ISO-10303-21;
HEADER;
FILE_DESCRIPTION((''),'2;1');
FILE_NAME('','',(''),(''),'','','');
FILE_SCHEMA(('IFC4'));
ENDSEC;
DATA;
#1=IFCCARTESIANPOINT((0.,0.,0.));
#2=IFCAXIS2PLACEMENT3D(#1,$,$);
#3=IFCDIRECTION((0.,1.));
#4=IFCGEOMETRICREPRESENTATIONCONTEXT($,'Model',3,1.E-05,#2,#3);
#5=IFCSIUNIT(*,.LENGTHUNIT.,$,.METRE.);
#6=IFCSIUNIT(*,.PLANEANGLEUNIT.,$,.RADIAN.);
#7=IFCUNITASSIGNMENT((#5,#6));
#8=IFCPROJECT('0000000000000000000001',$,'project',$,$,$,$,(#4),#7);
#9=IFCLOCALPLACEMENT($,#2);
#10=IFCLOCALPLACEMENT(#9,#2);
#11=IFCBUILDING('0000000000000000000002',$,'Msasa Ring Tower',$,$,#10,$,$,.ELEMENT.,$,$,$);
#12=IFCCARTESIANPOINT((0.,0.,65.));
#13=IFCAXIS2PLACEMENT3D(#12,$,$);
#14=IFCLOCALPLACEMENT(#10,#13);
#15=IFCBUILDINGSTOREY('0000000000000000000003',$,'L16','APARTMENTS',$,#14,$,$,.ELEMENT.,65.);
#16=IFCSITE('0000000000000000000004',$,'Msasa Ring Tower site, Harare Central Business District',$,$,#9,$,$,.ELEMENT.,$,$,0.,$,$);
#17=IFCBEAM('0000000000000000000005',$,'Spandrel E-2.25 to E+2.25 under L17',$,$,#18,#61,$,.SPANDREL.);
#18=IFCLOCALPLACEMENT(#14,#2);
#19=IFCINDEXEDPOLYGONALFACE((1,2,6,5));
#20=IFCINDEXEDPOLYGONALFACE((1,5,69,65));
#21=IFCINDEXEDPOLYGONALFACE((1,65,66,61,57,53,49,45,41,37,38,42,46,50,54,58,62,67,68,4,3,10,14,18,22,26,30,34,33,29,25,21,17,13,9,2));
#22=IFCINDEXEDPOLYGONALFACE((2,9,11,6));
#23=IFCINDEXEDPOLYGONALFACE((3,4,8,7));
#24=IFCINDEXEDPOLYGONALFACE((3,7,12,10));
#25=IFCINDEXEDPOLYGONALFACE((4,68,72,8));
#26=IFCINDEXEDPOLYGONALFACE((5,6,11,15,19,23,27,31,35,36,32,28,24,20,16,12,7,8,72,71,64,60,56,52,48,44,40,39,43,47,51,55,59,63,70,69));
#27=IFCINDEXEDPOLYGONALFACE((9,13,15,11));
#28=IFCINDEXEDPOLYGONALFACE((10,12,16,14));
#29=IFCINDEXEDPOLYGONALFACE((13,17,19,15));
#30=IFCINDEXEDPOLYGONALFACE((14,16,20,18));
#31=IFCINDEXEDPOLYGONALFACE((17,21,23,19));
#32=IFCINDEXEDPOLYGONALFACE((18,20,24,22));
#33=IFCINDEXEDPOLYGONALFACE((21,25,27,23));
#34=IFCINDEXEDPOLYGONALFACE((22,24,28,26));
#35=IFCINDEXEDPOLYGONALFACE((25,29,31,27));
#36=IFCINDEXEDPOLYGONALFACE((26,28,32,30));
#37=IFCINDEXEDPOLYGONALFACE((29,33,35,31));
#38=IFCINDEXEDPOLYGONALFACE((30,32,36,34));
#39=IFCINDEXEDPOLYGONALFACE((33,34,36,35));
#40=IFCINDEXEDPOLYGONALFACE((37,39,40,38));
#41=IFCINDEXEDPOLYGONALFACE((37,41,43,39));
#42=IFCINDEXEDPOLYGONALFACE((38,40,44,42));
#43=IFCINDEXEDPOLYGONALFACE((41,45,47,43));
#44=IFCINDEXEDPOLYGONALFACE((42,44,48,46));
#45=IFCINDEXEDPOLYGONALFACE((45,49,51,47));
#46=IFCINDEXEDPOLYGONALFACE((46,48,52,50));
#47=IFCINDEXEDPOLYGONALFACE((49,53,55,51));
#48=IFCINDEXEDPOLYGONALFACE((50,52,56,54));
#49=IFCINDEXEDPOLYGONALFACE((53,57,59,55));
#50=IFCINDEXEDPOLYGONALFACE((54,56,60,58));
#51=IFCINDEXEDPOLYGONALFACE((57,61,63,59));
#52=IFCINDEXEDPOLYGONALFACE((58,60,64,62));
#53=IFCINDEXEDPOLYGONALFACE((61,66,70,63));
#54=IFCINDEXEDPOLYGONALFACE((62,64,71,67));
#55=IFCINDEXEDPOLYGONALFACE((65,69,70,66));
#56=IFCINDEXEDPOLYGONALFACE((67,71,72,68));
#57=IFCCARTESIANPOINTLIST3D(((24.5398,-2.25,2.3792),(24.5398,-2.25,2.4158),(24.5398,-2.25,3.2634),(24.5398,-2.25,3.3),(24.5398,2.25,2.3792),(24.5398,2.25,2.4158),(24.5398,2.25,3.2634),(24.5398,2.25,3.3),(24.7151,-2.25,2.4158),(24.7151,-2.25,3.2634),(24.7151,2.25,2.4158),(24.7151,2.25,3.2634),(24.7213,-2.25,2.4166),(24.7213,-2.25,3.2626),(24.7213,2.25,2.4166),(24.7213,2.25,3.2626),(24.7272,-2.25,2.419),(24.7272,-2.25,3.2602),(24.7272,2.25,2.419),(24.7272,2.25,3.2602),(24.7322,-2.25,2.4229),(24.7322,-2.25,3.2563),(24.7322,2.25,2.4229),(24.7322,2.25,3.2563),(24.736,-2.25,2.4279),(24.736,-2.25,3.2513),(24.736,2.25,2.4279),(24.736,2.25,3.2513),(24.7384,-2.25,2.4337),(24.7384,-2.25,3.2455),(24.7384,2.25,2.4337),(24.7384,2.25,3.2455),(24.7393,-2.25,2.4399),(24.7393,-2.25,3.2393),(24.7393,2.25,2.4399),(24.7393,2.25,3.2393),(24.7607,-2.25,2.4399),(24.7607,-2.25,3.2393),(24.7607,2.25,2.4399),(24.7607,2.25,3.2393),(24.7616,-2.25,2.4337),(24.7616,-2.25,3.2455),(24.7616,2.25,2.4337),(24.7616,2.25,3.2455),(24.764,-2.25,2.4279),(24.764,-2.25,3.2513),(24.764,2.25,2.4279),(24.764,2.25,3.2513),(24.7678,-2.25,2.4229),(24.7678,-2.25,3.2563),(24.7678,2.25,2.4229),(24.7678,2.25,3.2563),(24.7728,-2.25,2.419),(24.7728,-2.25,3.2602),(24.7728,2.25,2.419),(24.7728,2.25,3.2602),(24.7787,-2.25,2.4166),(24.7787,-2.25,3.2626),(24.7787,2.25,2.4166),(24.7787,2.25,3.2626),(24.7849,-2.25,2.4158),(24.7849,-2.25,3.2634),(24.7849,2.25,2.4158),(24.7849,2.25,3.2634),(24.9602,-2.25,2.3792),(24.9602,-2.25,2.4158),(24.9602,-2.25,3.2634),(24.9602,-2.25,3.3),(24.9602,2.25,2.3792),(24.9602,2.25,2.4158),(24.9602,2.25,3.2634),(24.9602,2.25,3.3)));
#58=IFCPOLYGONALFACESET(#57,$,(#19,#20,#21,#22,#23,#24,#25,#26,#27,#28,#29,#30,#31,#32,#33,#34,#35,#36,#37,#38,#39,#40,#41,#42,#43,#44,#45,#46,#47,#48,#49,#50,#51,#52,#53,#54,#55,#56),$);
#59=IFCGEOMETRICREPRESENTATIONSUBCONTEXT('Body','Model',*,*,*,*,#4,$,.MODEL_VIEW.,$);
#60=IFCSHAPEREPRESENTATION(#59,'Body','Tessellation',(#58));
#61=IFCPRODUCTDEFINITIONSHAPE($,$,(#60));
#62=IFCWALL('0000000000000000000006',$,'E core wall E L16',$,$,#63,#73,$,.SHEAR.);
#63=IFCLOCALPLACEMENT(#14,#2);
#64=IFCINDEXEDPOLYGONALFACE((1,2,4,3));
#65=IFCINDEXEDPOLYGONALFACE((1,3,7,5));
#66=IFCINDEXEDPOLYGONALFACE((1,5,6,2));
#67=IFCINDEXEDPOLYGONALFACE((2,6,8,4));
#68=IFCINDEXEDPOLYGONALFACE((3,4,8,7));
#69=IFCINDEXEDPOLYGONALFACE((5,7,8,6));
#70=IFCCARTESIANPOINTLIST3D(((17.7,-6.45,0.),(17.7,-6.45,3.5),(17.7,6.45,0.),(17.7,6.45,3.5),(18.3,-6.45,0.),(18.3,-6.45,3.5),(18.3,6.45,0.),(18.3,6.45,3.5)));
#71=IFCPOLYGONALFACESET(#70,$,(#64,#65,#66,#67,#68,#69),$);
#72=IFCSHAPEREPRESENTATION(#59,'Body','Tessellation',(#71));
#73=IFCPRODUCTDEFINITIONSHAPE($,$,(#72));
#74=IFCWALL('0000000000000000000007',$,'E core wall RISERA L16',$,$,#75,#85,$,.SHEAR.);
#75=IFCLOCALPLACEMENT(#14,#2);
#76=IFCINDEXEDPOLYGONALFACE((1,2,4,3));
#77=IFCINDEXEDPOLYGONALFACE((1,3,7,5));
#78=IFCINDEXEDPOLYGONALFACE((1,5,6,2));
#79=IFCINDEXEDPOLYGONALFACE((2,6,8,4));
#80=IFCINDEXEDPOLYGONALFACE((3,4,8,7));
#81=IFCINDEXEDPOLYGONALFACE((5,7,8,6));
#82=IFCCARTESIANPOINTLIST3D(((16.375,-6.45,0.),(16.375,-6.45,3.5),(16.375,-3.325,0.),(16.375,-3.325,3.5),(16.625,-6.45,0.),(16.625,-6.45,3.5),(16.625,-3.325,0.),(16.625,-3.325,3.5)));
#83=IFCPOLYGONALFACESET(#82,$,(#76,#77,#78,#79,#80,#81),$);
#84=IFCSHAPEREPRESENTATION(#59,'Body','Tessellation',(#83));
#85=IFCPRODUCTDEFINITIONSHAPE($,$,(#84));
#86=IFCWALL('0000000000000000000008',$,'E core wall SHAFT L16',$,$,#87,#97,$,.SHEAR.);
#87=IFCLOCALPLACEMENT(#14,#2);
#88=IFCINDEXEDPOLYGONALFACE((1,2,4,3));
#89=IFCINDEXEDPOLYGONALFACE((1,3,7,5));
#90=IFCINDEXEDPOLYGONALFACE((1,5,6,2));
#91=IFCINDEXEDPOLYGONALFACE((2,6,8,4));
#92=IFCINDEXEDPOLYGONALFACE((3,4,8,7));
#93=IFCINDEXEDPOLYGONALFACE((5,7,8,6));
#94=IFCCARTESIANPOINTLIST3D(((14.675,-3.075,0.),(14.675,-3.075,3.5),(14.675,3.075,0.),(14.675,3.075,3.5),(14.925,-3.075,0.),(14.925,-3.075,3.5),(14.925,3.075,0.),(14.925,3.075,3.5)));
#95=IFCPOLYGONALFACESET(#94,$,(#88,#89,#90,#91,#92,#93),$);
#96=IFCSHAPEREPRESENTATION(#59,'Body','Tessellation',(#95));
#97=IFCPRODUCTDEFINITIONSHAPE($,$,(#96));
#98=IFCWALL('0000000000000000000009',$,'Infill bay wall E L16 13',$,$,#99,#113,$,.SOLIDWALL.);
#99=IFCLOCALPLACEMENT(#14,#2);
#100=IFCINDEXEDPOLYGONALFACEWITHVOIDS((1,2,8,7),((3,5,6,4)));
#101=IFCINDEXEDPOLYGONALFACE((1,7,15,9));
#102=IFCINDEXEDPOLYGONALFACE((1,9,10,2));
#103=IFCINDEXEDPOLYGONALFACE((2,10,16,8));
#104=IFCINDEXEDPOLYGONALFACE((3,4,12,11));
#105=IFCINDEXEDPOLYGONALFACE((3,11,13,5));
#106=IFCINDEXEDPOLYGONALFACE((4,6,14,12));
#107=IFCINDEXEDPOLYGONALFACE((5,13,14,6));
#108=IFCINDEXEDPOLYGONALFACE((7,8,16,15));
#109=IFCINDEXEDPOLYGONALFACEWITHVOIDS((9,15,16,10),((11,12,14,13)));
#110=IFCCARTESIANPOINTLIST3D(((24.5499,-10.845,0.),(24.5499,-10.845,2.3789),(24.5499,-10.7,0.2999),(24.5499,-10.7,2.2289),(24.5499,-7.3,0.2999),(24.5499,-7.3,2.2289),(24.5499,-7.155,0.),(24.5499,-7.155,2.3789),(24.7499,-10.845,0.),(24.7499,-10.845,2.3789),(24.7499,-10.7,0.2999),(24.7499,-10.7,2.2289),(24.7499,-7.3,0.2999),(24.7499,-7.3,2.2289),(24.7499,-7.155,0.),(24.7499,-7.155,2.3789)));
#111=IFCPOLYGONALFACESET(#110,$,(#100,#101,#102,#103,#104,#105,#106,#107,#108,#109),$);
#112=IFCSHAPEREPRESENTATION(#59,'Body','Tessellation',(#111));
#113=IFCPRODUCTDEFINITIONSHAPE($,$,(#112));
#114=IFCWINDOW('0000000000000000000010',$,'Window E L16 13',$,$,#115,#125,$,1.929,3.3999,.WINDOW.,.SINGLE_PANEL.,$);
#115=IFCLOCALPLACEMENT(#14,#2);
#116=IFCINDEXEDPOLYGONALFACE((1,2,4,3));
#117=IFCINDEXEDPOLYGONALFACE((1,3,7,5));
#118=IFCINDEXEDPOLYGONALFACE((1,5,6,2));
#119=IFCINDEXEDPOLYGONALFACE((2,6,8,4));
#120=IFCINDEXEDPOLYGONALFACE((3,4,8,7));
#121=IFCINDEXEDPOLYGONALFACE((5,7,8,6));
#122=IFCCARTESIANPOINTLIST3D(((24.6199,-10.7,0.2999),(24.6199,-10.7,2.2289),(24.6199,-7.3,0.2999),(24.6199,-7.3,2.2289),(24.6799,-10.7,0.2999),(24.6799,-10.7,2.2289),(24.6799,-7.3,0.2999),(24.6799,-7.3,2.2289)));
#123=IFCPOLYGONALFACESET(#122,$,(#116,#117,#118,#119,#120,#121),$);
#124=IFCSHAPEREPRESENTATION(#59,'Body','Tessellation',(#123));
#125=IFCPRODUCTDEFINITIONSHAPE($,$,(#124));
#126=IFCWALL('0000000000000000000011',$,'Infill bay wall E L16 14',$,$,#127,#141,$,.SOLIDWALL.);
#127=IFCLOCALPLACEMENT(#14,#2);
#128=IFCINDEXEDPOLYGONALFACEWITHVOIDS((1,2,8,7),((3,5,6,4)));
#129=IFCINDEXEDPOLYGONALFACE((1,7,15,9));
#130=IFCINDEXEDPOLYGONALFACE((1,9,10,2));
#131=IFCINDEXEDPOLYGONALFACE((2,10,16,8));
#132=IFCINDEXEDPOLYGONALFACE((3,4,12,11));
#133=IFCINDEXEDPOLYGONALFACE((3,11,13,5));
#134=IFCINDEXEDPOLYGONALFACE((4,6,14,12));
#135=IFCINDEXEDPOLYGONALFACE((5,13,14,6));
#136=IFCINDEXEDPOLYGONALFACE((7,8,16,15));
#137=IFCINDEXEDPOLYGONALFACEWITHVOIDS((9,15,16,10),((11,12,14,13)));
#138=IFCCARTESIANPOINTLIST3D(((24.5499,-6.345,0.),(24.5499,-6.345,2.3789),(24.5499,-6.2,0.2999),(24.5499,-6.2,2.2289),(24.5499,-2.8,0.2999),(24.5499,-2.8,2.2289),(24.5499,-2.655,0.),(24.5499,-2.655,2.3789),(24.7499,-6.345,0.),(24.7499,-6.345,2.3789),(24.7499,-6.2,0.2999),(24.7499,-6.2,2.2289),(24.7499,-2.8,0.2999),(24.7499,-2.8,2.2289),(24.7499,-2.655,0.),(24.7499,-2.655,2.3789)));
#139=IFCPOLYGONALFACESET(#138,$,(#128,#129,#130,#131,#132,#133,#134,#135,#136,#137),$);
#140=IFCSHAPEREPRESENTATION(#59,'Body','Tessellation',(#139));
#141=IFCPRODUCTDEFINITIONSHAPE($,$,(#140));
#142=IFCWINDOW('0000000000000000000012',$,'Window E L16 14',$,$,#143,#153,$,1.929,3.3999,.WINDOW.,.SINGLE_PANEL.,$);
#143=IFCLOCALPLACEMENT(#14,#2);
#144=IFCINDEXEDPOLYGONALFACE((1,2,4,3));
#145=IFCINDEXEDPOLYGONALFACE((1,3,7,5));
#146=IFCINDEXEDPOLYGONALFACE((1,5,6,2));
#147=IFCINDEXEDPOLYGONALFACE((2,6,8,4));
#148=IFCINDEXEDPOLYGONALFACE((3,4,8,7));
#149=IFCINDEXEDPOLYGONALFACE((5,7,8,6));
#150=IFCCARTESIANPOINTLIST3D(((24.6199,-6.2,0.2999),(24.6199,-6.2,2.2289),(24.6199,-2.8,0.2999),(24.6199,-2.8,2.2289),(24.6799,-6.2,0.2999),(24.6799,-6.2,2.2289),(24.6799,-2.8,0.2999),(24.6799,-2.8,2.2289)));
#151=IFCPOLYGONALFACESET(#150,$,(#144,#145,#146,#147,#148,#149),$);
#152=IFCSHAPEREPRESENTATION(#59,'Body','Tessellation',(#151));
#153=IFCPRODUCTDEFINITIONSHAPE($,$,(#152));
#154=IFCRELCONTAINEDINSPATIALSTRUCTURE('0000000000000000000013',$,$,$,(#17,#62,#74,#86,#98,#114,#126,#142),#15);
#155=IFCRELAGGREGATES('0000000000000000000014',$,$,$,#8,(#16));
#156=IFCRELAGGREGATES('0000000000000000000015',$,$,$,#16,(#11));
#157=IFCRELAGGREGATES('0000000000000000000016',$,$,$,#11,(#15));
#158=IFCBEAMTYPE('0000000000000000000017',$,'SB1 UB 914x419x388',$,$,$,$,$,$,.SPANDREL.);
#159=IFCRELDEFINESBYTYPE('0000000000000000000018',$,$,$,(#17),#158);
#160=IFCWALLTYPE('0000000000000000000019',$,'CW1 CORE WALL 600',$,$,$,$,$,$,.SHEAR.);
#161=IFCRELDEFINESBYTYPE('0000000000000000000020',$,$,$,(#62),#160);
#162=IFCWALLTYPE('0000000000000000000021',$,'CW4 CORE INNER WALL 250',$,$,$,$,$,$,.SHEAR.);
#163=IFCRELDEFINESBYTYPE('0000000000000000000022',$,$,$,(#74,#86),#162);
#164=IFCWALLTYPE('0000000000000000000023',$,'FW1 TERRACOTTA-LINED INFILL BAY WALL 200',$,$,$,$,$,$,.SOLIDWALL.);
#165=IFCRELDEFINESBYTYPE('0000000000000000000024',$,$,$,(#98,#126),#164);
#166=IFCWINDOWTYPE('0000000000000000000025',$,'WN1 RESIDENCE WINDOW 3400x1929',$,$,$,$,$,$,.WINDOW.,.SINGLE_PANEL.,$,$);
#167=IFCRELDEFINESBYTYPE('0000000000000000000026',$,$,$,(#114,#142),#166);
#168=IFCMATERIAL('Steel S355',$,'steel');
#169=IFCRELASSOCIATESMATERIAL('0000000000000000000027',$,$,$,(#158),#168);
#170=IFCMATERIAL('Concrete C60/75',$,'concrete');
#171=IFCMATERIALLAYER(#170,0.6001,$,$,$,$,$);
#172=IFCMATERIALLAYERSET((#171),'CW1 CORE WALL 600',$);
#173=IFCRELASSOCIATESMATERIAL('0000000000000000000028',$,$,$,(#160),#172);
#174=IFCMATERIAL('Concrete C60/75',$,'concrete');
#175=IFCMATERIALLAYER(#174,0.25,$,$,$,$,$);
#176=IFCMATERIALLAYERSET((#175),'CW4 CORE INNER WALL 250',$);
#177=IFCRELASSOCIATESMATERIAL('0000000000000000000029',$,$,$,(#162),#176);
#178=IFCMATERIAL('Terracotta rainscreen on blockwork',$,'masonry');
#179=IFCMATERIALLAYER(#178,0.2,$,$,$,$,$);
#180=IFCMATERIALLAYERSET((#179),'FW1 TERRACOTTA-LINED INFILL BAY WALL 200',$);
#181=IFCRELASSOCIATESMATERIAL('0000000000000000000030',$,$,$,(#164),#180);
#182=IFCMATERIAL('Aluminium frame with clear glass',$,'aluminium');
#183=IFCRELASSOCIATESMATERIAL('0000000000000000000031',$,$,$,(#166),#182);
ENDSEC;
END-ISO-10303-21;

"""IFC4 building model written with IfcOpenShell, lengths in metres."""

from ifc_helpers import new_model, si_unit, direction, frame, frame_2d, origin, origin_2d, place, context, subcontext, project, spatial, rectangle, i_section, extrude, material, layer, layer_set, material_profile, profile_set, type_object, element, fill, save


model = new_model("IFC4")

# Units and contexts
model_context = context("Model", 3, precision=1e-05, world=origin(), true_north=direction((0.0, 1.0)))
body_context = subcontext(model_context, "Body", "Model", "MODEL_VIEW")
ifc_project = project(units=[si_unit("LENGTHUNIT", "METRE"), si_unit("PLANEANGLEUNIT", "RADIAN")], contexts=[model_context])

# Site, building, storey
site_placement = place(None, origin())
site = spatial("IfcSite", under=ifc_project, at=site_placement, Name="Msasa Ring Tower site, Harare Central Business District", CompositionType="ELEMENT", RefElevation=0.0)
building_placement = place(site_placement, origin())
building = spatial("IfcBuilding", under=site, at=building_placement, Name="Msasa Ring Tower", CompositionType="ELEMENT")
storey_placement = place(building_placement, frame((0.0, 0.0, 65.0)))
storey = spatial("IfcBuildingStorey", under=building, at=storey_placement, Name="L16", Description="APARTMENTS", CompositionType="ELEMENT", Elevation=65.0)

# Beam
ifc_material_1 = material(Name="Steel S355", Category="steel")
ifc_material_profile_1 = material_profile(ifc_material_1, i_section(OverallWidth=0.4204, OverallDepth=0.9209, WebThickness=0.0215, FlangeThickness=0.0366, FilletRadius=0.0242, at=origin_2d()), Name="UB 914x419x388")
ifc_profile_set_1 = profile_set([ifc_material_profile_1], Name="Steel S355")
beam_type_1 = type_object("IfcBeamType", Name="SB1 UB 914x419x388", PredefinedType="SPANDREL", material=ifc_profile_set_1)
for number, where, z_axis, x_axis, name in (
    (1, (24.75, -2.25, 2.8396), (0.0, 1.0, 0.0), (-1.0, 0.0, 0.0), "Spandrel E-2.25 to E+2.25 under L17"),
):
    element("IfcBeam", number, at=place(storey_placement, frame(where, z_axis=z_axis, x_axis=x_axis)), inside=storey, type_object=beam_type_1, Name=name, PredefinedType="SPANDREL", context=body_context, shape_type="SweptSolid", body=[
        extrude(i_section(OverallWidth=0.4204, OverallDepth=0.9209, WebThickness=0.0215, FlangeThickness=0.0366, FilletRadius=0.0242, at=origin_2d()), origin(), (0.0, 0.0, 1.0), 4.5),
    ])

# Walls
ifc_material_2 = material(Name="Concrete C60/75", Category="concrete")
ifc_layer_1 = layer(ifc_material_2, 0.6001)
ifc_layer_set_1 = layer_set([ifc_layer_1], Name="CW1 CORE WALL 600")
wall_type_1 = type_object("IfcWallType", Name="CW1 CORE WALL 600", PredefinedType="SHEAR", material=ifc_layer_set_1)
wall_1_placement = place(storey_placement, frame((18.0, -6.45, 0.0), z_axis=(0.0, 0.0, 1.0), x_axis=(0.0, 1.0, 0.0)))
element("IfcWall", 2, at=wall_1_placement, inside=storey, type_object=wall_type_1, Name="E core wall E L16", PredefinedType="SHEAR", context=body_context, shape_type="SweptSolid", body=[
    extrude(rectangle(XDim=12.8999, YDim=0.6001, at=frame_2d((6.45, 0.0))), origin(), (0.0, 0.0, 1.0), 3.5),
])
ifc_material_3 = material(Name="Concrete C60/75", Category="concrete")
ifc_layer_2 = layer(ifc_material_3, 0.25)
ifc_layer_set_2 = layer_set([ifc_layer_2], Name="CW4 CORE INNER WALL 250")
wall_type_2 = type_object("IfcWallType", Name="CW4 CORE INNER WALL 250", PredefinedType="SHEAR", material=ifc_layer_set_2)
wall_2_placement = place(storey_placement, frame((16.5, -6.45, 0.0), z_axis=(0.0, 0.0, 1.0), x_axis=(0.0, 1.0, 0.0)))
element("IfcWall", 3, at=wall_2_placement, inside=storey, type_object=wall_type_2, Name="E core wall RISERA L16", PredefinedType="SHEAR", context=body_context, shape_type="SweptSolid", body=[
    extrude(rectangle(XDim=3.125, YDim=0.25, at=frame_2d((1.5625, 0.0))), origin(), (0.0, 0.0, 1.0), 3.5),
])
wall_3_placement = place(storey_placement, frame((14.8, -3.075, 0.0), z_axis=(0.0, 0.0, 1.0), x_axis=(0.0, 1.0, 0.0)))
element("IfcWall", 4, at=wall_3_placement, inside=storey, type_object=wall_type_2, Name="E core wall SHAFT L16", PredefinedType="SHEAR", context=body_context, shape_type="SweptSolid", body=[
    extrude(rectangle(XDim=6.1499, YDim=0.25, at=frame_2d((3.075, 0.0))), origin(), (0.0, 0.0, 1.0), 3.5),
])

# Walls, openings, windows
ifc_material_4 = material(Name="Terracotta rainscreen on blockwork", Category="masonry")
ifc_layer_3 = layer(ifc_material_4, 0.2)
ifc_layer_set_3 = layer_set([ifc_layer_3], Name="FW1 TERRACOTTA-LINED INFILL BAY WALL 200")
wall_type_3 = type_object("IfcWallType", Name="FW1 TERRACOTTA-LINED INFILL BAY WALL 200", PredefinedType="SOLIDWALL", material=ifc_layer_set_3)
wall_4_placement = place(storey_placement, frame((24.6499, -10.845, 0.0), z_axis=(0.0, 0.0, 1.0), x_axis=(0.0, 1.0, 0.0)))
wall_4 = element("IfcWall", 5, at=wall_4_placement, inside=storey, type_object=wall_type_3, Name="Infill bay wall E L16 13", PredefinedType="SOLIDWALL", context=body_context, shape_type="SweptSolid", body=[
    extrude(rectangle(XDim=3.6899, YDim=0.2, at=frame_2d((1.845, 0.0))), origin(), (0.0, 0.0, 1.0), 2.3789),
])
opening_1_placement = place(wall_4_placement, frame((0.145, 0.0, 0.3)))
opening_1 = element("IfcOpeningElement", 6, at=opening_1_placement, cuts=wall_4, PredefinedType="OPENING", context=body_context, shape_type="SweptSolid", body=[
    extrude(rectangle(XDim=3.3999, YDim=1.929, at=frame_2d((1.7, 0.9644))), frame((0.0, 0.1099, 0.0), z_axis=(0.0, -1.0, 0.0), x_axis=(1.0, 0.0, 0.0)), (0.0, 0.0, 1.0), 0.22),
])
ifc_material_5 = material(Name="Aluminium frame with clear glass", Category="aluminium")
window_type = type_object("IfcWindowType", Name="WN1 RESIDENCE WINDOW 3400x1929", PartitioningType="SINGLE_PANEL", PredefinedType="WINDOW", material=ifc_material_5)
window_1_placement = place(opening_1_placement, origin())
window_1 = element("IfcWindow", 7, at=window_1_placement, inside=storey, type_object=window_type, Name="Window E L16 13", OverallHeight=1.929, OverallWidth=3.3999, PartitioningType="SINGLE_PANEL", PredefinedType="WINDOW", context=body_context, shape_type="SweptSolid", body=[
    extrude(rectangle(XDim=3.3999, YDim=1.929, at=frame_2d((1.7, 0.9644))), frame((0.0, 0.03, 0.0), z_axis=(0.0, -1.0, 0.0), x_axis=(1.0, 0.0, 0.0)), (0.0, 0.0, 1.0), 0.0601),
])
fill(opening_1, window_1)
wall_5_placement = place(storey_placement, frame((24.6499, -6.345, 0.0), z_axis=(0.0, 0.0, 1.0), x_axis=(0.0, 1.0, 0.0)))
wall_5 = element("IfcWall", 8, at=wall_5_placement, inside=storey, type_object=wall_type_3, Name="Infill bay wall E L16 14", PredefinedType="SOLIDWALL", context=body_context, shape_type="SweptSolid", body=[
    extrude(rectangle(XDim=3.6899, YDim=0.2, at=frame_2d((1.845, 0.0))), origin(), (0.0, 0.0, 1.0), 2.3789),
])
opening_2_placement = place(wall_5_placement, frame((0.145, 0.0, 0.3)))
opening_2 = element("IfcOpeningElement", 9, at=opening_2_placement, cuts=wall_5, PredefinedType="OPENING", context=body_context, shape_type="SweptSolid", body=[
    extrude(rectangle(XDim=3.3999, YDim=1.929, at=frame_2d((1.7, 0.9644))), frame((0.0, 0.1099, 0.0), z_axis=(0.0, -1.0, 0.0), x_axis=(1.0, 0.0, 0.0)), (0.0, 0.0, 1.0), 0.22),
])
window_2_placement = place(opening_2_placement, origin())
window_2 = element("IfcWindow", 10, at=window_2_placement, inside=storey, type_object=window_type, Name="Window E L16 14", OverallHeight=1.929, OverallWidth=3.3999, PartitioningType="SINGLE_PANEL", PredefinedType="WINDOW", context=body_context, shape_type="SweptSolid", body=[
    extrude(rectangle(XDim=3.3999, YDim=1.929, at=frame_2d((1.7, 0.9644))), frame((0.0, 0.03, 0.0), z_axis=(0.0, -1.0, 0.0), x_axis=(1.0, 0.0, 0.0)), (0.0, 0.0, 1.0), 0.0601),
])
fill(opening_2, window_2)

save(model, "model.ifc")
